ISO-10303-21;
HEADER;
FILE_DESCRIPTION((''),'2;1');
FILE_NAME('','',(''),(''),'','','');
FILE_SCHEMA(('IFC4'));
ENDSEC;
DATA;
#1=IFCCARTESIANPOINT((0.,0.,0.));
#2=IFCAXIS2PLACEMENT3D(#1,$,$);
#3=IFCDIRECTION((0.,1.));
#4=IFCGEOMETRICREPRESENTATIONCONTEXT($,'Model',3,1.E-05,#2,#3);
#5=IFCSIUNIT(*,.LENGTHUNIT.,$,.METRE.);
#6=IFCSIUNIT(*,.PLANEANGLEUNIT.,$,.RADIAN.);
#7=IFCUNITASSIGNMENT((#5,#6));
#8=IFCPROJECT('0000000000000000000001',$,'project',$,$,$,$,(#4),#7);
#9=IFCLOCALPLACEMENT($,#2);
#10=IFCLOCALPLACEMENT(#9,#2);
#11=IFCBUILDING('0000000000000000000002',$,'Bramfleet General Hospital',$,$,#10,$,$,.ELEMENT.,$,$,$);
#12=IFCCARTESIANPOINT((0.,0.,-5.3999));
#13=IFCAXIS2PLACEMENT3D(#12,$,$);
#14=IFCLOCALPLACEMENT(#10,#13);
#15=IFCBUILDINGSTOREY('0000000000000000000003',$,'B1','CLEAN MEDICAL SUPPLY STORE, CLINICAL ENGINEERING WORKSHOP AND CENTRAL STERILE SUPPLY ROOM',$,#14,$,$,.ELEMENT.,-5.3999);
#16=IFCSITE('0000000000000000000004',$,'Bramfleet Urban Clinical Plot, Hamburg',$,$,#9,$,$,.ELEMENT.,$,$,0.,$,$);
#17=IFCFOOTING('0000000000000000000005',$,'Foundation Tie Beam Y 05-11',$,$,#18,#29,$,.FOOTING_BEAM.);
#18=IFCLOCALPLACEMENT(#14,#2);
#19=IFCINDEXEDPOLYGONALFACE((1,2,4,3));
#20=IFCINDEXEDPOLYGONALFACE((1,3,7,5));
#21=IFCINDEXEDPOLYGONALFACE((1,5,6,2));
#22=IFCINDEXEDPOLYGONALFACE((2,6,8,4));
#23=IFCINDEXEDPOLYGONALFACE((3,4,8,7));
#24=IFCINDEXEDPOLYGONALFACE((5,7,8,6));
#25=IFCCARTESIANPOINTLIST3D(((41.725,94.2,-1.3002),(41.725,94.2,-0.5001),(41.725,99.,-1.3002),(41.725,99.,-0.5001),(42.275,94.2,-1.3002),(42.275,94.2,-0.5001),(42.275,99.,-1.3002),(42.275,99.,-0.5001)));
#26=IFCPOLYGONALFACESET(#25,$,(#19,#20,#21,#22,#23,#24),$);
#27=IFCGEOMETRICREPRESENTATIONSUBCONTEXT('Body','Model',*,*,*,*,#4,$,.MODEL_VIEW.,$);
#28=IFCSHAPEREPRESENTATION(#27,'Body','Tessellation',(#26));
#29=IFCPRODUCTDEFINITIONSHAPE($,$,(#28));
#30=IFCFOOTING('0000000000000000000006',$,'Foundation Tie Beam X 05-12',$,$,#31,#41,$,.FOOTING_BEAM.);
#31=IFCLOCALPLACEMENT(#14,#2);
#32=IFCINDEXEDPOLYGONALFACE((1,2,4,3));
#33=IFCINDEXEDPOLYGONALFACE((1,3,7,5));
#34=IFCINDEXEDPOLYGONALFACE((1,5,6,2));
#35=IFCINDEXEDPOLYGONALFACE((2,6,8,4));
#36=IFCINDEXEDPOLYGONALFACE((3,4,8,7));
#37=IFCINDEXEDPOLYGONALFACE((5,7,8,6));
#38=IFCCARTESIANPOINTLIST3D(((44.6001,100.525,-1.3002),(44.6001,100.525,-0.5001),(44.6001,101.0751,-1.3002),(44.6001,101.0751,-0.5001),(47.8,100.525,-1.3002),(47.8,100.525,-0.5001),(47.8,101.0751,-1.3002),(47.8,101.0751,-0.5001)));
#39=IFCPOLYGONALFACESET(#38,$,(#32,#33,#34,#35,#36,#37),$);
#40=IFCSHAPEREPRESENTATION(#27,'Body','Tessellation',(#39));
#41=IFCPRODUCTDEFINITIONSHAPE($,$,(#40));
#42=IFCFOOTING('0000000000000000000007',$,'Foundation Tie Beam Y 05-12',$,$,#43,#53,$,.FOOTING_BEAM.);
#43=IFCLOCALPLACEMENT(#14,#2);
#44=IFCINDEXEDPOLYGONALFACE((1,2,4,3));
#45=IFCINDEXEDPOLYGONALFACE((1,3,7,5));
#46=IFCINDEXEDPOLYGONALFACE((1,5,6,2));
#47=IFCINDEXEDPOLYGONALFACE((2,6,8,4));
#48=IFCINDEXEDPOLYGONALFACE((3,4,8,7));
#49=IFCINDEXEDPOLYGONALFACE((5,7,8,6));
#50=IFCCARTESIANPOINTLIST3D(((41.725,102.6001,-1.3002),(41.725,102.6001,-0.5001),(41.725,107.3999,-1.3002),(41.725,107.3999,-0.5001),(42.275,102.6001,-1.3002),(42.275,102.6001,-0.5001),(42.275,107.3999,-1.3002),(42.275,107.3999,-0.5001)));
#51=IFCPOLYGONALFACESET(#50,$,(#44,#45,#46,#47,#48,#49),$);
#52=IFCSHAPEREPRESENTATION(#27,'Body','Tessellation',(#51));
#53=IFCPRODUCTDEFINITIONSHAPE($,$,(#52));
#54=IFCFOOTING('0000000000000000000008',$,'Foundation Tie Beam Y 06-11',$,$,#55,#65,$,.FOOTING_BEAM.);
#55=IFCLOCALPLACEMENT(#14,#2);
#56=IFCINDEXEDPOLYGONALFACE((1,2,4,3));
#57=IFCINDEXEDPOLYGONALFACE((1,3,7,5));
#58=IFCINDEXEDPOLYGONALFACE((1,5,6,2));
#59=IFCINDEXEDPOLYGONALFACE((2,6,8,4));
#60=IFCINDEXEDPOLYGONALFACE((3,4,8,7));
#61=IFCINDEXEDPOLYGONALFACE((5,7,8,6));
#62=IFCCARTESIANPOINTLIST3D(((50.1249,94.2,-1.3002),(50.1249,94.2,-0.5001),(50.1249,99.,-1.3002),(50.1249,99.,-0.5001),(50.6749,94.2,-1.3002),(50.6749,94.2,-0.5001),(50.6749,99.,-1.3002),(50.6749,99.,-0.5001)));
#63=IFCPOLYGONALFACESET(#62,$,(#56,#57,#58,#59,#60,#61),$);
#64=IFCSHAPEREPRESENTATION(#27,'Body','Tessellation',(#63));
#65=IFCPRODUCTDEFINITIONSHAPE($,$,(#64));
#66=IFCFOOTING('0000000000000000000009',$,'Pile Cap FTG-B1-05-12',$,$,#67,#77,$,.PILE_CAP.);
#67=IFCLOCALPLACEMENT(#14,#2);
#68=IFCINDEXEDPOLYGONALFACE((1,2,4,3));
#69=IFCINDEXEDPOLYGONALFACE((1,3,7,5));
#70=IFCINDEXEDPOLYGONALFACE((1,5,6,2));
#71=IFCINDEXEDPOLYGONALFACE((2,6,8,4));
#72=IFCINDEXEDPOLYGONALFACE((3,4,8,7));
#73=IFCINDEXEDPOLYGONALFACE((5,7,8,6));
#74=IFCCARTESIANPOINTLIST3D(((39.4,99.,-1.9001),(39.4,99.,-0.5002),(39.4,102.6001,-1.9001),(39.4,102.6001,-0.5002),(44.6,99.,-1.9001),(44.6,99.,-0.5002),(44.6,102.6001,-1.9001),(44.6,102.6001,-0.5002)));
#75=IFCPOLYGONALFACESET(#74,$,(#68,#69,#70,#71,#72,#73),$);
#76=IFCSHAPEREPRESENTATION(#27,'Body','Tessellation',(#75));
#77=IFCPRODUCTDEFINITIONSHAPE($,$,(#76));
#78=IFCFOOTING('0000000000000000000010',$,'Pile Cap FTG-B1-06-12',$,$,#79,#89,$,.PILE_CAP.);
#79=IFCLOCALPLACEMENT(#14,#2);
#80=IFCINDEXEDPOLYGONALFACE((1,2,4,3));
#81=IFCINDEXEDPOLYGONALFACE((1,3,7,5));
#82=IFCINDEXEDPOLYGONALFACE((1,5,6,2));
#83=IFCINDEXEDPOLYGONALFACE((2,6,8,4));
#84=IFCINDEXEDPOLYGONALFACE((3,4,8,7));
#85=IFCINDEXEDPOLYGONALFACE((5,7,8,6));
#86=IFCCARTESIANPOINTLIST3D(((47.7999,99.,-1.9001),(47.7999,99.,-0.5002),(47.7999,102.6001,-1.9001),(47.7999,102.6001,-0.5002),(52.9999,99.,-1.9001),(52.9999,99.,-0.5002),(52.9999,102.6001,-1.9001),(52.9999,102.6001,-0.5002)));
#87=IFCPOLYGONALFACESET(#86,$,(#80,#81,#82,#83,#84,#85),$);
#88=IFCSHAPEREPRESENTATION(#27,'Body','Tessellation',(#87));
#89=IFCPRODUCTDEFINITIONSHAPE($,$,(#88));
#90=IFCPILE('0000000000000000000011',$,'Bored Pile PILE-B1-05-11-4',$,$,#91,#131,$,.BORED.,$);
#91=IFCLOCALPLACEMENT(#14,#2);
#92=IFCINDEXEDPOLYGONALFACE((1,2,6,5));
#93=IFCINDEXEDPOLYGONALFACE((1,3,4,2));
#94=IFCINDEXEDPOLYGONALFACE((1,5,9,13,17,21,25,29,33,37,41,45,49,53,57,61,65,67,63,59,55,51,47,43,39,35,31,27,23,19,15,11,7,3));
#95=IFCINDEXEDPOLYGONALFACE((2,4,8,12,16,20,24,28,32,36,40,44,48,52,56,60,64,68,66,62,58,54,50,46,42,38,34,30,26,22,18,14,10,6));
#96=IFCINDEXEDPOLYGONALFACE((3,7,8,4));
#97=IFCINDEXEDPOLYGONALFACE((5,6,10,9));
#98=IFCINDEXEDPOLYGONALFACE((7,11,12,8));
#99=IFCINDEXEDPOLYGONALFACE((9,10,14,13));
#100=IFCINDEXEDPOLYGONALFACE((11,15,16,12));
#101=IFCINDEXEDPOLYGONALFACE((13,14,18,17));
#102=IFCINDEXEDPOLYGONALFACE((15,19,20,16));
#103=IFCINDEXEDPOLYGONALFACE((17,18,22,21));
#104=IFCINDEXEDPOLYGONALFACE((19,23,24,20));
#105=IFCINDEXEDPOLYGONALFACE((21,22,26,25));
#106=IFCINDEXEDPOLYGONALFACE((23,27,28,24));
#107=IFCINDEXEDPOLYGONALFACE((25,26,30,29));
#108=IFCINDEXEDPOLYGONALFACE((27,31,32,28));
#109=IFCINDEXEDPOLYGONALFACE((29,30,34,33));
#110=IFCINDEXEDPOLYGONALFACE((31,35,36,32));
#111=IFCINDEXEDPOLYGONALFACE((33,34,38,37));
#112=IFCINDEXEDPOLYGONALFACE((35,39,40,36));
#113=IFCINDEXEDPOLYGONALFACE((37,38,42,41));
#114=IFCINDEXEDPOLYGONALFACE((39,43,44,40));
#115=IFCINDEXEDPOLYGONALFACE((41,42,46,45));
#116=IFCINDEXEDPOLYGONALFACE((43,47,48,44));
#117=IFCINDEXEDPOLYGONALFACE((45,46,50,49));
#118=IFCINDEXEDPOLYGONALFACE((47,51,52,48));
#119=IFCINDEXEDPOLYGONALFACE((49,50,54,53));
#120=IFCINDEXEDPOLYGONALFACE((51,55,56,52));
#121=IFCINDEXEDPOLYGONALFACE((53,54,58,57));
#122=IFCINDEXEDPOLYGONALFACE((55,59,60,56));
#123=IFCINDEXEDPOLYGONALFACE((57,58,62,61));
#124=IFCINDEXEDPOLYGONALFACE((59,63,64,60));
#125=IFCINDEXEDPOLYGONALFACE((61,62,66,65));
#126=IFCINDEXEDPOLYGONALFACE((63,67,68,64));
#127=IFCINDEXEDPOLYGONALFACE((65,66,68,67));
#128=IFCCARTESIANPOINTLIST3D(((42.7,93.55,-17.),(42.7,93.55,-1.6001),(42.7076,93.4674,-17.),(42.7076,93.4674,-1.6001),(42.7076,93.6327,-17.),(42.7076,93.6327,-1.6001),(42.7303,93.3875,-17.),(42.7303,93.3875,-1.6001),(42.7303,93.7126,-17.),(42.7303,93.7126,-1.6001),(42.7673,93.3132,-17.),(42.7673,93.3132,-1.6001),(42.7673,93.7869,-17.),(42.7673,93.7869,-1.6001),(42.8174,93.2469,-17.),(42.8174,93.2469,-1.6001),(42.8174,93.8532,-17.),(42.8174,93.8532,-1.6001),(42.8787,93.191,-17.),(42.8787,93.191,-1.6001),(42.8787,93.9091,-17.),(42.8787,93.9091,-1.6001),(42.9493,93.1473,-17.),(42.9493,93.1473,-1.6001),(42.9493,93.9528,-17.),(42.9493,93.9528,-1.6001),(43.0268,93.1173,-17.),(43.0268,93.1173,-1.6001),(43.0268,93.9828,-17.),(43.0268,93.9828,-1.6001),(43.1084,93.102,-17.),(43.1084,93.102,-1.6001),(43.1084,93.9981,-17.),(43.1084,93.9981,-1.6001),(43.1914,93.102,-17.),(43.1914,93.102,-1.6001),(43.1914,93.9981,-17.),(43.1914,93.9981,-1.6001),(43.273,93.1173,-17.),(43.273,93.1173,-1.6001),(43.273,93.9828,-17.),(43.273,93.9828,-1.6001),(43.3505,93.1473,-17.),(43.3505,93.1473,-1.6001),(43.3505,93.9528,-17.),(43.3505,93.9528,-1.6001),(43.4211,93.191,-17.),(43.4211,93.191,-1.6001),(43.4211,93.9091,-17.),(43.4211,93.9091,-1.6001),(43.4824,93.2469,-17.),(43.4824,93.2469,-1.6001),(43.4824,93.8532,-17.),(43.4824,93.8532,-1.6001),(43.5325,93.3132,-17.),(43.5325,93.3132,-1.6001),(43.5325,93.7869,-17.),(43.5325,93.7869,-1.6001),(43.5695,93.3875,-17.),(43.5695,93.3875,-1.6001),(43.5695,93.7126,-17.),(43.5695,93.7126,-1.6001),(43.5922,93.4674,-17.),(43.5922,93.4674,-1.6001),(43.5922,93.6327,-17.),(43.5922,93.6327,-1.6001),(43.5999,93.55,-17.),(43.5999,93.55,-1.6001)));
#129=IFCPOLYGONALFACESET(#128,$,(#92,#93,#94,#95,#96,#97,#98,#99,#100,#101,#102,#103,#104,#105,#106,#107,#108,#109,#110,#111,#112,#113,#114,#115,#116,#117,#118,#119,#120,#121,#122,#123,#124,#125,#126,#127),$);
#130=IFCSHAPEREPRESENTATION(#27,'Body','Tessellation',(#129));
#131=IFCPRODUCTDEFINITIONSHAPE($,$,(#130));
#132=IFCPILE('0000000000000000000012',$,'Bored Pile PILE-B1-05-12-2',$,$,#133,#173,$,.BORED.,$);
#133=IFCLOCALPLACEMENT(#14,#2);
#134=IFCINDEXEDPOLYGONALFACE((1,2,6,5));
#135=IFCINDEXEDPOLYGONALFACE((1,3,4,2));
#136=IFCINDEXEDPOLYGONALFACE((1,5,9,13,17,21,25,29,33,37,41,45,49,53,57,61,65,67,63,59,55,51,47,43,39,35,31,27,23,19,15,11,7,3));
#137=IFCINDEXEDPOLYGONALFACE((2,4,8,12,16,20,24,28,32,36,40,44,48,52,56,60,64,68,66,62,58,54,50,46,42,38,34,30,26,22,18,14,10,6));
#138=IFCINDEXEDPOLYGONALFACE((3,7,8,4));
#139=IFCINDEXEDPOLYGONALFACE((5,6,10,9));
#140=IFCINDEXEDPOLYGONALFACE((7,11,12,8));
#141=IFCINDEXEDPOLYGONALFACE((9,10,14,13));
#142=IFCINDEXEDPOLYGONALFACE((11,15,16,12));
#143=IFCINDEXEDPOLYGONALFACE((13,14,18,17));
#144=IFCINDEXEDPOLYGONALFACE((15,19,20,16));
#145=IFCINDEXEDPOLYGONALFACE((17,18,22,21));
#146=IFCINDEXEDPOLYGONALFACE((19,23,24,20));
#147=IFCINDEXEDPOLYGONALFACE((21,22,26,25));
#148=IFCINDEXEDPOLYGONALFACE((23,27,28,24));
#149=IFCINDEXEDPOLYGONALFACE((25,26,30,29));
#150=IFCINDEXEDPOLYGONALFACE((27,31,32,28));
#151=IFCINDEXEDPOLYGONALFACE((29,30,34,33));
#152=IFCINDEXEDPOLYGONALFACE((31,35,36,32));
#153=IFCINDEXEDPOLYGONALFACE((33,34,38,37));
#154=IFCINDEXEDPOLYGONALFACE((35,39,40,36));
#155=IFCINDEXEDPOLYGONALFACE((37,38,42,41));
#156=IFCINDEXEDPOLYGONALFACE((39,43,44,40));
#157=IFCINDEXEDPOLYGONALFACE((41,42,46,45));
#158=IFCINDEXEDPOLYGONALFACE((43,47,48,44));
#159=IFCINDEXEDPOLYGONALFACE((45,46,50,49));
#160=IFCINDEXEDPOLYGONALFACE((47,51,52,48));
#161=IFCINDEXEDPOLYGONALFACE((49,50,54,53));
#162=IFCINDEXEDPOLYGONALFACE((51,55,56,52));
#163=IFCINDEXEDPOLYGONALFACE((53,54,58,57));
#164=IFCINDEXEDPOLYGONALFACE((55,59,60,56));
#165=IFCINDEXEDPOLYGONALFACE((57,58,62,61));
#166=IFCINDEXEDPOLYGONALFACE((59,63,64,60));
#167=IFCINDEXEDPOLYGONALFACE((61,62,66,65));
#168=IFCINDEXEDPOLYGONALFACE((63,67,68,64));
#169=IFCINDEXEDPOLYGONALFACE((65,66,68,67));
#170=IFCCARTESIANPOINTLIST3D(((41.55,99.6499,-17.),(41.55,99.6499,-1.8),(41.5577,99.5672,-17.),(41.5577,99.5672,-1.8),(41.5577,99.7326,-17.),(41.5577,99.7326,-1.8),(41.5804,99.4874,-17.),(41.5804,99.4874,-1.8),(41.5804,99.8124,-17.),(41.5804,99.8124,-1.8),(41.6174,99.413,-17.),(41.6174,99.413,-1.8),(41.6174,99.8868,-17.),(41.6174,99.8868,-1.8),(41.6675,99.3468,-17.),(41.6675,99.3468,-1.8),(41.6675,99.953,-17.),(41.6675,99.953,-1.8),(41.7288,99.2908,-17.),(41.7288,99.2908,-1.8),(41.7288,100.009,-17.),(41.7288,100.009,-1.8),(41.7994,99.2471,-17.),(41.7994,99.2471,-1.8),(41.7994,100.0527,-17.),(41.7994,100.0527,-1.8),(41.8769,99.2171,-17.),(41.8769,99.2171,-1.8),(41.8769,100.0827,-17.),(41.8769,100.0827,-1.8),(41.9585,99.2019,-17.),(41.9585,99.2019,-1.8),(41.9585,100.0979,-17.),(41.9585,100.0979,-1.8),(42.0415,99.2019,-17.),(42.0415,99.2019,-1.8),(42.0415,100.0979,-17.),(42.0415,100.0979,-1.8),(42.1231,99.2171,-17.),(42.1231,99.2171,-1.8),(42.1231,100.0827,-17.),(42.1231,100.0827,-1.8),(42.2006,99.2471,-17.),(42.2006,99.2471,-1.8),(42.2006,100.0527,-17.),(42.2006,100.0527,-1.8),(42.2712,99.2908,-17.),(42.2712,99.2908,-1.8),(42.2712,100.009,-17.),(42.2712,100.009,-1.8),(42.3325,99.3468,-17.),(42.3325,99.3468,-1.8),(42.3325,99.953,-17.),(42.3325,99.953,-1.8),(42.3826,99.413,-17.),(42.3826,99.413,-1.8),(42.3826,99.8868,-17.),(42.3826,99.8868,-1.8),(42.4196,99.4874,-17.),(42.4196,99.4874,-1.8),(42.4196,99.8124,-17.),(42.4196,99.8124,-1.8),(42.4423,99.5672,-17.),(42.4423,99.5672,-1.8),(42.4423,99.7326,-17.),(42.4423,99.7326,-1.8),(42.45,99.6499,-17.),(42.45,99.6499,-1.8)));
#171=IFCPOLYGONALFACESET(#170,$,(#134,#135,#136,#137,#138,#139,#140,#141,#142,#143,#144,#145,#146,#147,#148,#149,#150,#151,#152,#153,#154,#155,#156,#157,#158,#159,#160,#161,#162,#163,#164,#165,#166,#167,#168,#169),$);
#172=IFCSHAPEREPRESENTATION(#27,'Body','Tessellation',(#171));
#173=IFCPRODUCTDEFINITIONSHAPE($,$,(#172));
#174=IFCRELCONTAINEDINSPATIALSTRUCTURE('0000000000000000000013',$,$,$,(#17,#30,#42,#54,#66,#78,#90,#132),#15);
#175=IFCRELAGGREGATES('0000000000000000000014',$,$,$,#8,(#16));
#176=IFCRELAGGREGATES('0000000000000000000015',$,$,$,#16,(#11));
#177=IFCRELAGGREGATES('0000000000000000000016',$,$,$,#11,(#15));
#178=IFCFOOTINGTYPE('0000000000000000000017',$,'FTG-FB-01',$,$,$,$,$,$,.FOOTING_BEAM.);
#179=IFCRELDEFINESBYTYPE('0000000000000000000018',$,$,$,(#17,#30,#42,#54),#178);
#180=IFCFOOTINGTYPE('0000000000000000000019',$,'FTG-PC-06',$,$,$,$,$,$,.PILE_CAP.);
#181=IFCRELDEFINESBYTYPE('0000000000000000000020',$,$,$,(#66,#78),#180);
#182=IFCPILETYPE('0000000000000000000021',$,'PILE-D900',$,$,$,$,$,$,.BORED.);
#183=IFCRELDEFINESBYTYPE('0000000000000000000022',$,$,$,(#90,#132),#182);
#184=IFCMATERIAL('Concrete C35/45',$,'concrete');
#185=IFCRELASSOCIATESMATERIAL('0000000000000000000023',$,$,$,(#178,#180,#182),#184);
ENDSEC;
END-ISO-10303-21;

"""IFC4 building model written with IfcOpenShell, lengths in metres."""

from ifc_helpers import new_model, si_unit, direction, frame, origin, origin_2d, place, context, subcontext, project, spatial, rectangle, circle, extrude, material, material_profile, profile_set, type_object, element, save


model = new_model("IFC4")

# Units and contexts
model_context = context("Model", 3, precision=1e-05, world=origin(), true_north=direction((0.0, 1.0)))
body_context = subcontext(model_context, "Body", "Model", "MODEL_VIEW")
ifc_project = project(units=[si_unit("LENGTHUNIT", "METRE"), si_unit("PLANEANGLEUNIT", "RADIAN")], contexts=[model_context])

# Site, building, storey
site_placement = place(None, origin())
site = spatial("IfcSite", under=ifc_project, at=site_placement, Name="Bramfleet Urban Clinical Plot, Hamburg", CompositionType="ELEMENT", RefElevation=0.0)
building_placement = place(site_placement, origin())
building = spatial("IfcBuilding", under=site, at=building_placement, Name="Bramfleet General Hospital", CompositionType="ELEMENT")
storey_placement = place(building_placement, frame((0.0, 0.0, -5.3999)))
storey = spatial("IfcBuildingStorey", under=building, at=storey_placement, Name="B1", Description="CLEAN MEDICAL SUPPLY STORE, CLINICAL ENGINEERING WORKSHOP AND CENTRAL STERILE SUPPLY ROOM", CompositionType="ELEMENT", Elevation=-5.3999)

# Footings
ifc_material_1 = material(Name="Concrete C35/45", Category="concrete")
ifc_material_profile_1 = material_profile(ifc_material_1, rectangle(XDim=0.55, YDim=0.8, at=origin_2d()), Name="RC FB 800x550")
ifc_profile_set_1 = profile_set([ifc_material_profile_1], Name="Concrete C35/45")
footing_type_1 = type_object("IfcFootingType", Name="FTG-FB-01", PredefinedType="FOOTING_BEAM", material=ifc_profile_set_1)
footing_1_placement = place(storey_placement, frame((42.0, 94.2, -0.9001), z_axis=(0.0, 1.0, 0.0), x_axis=(-1.0, 0.0, 0.0)))
element("IfcFooting", 1, at=footing_1_placement, inside=storey, type_object=footing_type_1, Name="Foundation Tie Beam Y 05-11", PredefinedType="FOOTING_BEAM", context=body_context, shape_type="SweptSolid", body=[
    extrude(rectangle(XDim=0.55, YDim=0.8, at=origin_2d()), origin(), (0.0, 0.0, 1.0), 4.8),
])
footing_2_placement = place(storey_placement, frame((44.6001, 100.8, -0.9001), z_axis=(1.0, 0.0, 0.0), x_axis=(0.0, 1.0, 0.0)))
element("IfcFooting", 2, at=footing_2_placement, inside=storey, type_object=footing_type_1, Name="Foundation Tie Beam X 05-12", PredefinedType="FOOTING_BEAM", context=body_context, shape_type="SweptSolid", body=[
    extrude(rectangle(XDim=0.55, YDim=0.8, at=origin_2d()), origin(), (0.0, 0.0, 1.0), 3.2),
])
footing_3_placement = place(storey_placement, frame((42.0, 102.6001, -0.9001), z_axis=(0.0, 1.0, 0.0), x_axis=(-1.0, 0.0, 0.0)))
element("IfcFooting", 3, at=footing_3_placement, inside=storey, type_object=footing_type_1, Name="Foundation Tie Beam Y 05-12", PredefinedType="FOOTING_BEAM", context=body_context, shape_type="SweptSolid", body=[
    extrude(rectangle(XDim=0.55, YDim=0.8, at=origin_2d()), origin(), (0.0, 0.0, 1.0), 4.7998),
])
footing_4_placement = place(storey_placement, frame((50.3999, 94.2, -0.9001), z_axis=(0.0, 1.0, 0.0), x_axis=(-1.0, 0.0, 0.0)))
element("IfcFooting", 4, at=footing_4_placement, inside=storey, type_object=footing_type_1, Name="Foundation Tie Beam Y 06-11", PredefinedType="FOOTING_BEAM", context=body_context, shape_type="SweptSolid", body=[
    extrude(rectangle(XDim=0.55, YDim=0.8, at=origin_2d()), origin(), (0.0, 0.0, 1.0), 4.8),
])
footing_type_2 = type_object("IfcFootingType", Name="FTG-PC-06", PredefinedType="PILE_CAP", material=ifc_material_1)
for number, where, z_axis, x_axis, name in (
    (5, (42.0, 100.8, -1.9001), (0.0, 0.0, 1.0), (1.0, 0.0, 0.0), "Pile Cap FTG-B1-05-12"),
    (6, (50.3999, 100.8, -1.9001), (0.0, 0.0, 1.0), (1.0, 0.0, 0.0), "Pile Cap FTG-B1-06-12"),
):
    element("IfcFooting", number, at=place(storey_placement, frame(where, z_axis=z_axis, x_axis=x_axis)), inside=storey, type_object=footing_type_2, Name=name, PredefinedType="PILE_CAP", context=body_context, shape_type="SweptSolid", body=[
        extrude(rectangle(XDim=5.2, YDim=3.6001, at=origin_2d()), origin(), (0.0, 0.0, 1.0), 1.3999),
    ])

# Piles
ifc_material_profile_2 = material_profile(ifc_material_1, circle(Radius=0.45, at=origin_2d()), Name="PILE BORED D900")
ifc_profile_set_2 = profile_set([ifc_material_profile_2], Name="Concrete C35/45")
pile_type = type_object("IfcPileType", Name="PILE-D900", PredefinedType="BORED", material=ifc_profile_set_2)
pile_1_placement = place(storey_placement, frame((43.1499, 93.55, -1.6001), z_axis=(0.0, 0.0, -1.0), x_axis=(1.0, 0.0, 0.0)))
element("IfcPile", 7, at=pile_1_placement, inside=storey, type_object=pile_type, Name="Bored Pile PILE-B1-05-11-4", PredefinedType="BORED", context=body_context, shape_type="SweptSolid", body=[
    extrude(circle(Radius=0.45, at=origin_2d()), origin(), (0.0, 0.0, 1.0), 15.3999),
])
for number, where, z_axis, x_axis, name in (
    (8, (42.0, 99.6499, -1.8), (0.0, 0.0, -1.0), (1.0, 0.0, 0.0), "Bored Pile PILE-B1-05-12-2"),
):
    element("IfcPile", number, at=place(storey_placement, frame(where, z_axis=z_axis, x_axis=x_axis)), inside=storey, type_object=pile_type, Name=name, PredefinedType="BORED", context=body_context, shape_type="SweptSolid", body=[
        extrude(circle(Radius=0.45, at=origin_2d()), origin(), (0.0, 0.0, 1.0), 15.2),
    ])

save(model, "model.ifc")
